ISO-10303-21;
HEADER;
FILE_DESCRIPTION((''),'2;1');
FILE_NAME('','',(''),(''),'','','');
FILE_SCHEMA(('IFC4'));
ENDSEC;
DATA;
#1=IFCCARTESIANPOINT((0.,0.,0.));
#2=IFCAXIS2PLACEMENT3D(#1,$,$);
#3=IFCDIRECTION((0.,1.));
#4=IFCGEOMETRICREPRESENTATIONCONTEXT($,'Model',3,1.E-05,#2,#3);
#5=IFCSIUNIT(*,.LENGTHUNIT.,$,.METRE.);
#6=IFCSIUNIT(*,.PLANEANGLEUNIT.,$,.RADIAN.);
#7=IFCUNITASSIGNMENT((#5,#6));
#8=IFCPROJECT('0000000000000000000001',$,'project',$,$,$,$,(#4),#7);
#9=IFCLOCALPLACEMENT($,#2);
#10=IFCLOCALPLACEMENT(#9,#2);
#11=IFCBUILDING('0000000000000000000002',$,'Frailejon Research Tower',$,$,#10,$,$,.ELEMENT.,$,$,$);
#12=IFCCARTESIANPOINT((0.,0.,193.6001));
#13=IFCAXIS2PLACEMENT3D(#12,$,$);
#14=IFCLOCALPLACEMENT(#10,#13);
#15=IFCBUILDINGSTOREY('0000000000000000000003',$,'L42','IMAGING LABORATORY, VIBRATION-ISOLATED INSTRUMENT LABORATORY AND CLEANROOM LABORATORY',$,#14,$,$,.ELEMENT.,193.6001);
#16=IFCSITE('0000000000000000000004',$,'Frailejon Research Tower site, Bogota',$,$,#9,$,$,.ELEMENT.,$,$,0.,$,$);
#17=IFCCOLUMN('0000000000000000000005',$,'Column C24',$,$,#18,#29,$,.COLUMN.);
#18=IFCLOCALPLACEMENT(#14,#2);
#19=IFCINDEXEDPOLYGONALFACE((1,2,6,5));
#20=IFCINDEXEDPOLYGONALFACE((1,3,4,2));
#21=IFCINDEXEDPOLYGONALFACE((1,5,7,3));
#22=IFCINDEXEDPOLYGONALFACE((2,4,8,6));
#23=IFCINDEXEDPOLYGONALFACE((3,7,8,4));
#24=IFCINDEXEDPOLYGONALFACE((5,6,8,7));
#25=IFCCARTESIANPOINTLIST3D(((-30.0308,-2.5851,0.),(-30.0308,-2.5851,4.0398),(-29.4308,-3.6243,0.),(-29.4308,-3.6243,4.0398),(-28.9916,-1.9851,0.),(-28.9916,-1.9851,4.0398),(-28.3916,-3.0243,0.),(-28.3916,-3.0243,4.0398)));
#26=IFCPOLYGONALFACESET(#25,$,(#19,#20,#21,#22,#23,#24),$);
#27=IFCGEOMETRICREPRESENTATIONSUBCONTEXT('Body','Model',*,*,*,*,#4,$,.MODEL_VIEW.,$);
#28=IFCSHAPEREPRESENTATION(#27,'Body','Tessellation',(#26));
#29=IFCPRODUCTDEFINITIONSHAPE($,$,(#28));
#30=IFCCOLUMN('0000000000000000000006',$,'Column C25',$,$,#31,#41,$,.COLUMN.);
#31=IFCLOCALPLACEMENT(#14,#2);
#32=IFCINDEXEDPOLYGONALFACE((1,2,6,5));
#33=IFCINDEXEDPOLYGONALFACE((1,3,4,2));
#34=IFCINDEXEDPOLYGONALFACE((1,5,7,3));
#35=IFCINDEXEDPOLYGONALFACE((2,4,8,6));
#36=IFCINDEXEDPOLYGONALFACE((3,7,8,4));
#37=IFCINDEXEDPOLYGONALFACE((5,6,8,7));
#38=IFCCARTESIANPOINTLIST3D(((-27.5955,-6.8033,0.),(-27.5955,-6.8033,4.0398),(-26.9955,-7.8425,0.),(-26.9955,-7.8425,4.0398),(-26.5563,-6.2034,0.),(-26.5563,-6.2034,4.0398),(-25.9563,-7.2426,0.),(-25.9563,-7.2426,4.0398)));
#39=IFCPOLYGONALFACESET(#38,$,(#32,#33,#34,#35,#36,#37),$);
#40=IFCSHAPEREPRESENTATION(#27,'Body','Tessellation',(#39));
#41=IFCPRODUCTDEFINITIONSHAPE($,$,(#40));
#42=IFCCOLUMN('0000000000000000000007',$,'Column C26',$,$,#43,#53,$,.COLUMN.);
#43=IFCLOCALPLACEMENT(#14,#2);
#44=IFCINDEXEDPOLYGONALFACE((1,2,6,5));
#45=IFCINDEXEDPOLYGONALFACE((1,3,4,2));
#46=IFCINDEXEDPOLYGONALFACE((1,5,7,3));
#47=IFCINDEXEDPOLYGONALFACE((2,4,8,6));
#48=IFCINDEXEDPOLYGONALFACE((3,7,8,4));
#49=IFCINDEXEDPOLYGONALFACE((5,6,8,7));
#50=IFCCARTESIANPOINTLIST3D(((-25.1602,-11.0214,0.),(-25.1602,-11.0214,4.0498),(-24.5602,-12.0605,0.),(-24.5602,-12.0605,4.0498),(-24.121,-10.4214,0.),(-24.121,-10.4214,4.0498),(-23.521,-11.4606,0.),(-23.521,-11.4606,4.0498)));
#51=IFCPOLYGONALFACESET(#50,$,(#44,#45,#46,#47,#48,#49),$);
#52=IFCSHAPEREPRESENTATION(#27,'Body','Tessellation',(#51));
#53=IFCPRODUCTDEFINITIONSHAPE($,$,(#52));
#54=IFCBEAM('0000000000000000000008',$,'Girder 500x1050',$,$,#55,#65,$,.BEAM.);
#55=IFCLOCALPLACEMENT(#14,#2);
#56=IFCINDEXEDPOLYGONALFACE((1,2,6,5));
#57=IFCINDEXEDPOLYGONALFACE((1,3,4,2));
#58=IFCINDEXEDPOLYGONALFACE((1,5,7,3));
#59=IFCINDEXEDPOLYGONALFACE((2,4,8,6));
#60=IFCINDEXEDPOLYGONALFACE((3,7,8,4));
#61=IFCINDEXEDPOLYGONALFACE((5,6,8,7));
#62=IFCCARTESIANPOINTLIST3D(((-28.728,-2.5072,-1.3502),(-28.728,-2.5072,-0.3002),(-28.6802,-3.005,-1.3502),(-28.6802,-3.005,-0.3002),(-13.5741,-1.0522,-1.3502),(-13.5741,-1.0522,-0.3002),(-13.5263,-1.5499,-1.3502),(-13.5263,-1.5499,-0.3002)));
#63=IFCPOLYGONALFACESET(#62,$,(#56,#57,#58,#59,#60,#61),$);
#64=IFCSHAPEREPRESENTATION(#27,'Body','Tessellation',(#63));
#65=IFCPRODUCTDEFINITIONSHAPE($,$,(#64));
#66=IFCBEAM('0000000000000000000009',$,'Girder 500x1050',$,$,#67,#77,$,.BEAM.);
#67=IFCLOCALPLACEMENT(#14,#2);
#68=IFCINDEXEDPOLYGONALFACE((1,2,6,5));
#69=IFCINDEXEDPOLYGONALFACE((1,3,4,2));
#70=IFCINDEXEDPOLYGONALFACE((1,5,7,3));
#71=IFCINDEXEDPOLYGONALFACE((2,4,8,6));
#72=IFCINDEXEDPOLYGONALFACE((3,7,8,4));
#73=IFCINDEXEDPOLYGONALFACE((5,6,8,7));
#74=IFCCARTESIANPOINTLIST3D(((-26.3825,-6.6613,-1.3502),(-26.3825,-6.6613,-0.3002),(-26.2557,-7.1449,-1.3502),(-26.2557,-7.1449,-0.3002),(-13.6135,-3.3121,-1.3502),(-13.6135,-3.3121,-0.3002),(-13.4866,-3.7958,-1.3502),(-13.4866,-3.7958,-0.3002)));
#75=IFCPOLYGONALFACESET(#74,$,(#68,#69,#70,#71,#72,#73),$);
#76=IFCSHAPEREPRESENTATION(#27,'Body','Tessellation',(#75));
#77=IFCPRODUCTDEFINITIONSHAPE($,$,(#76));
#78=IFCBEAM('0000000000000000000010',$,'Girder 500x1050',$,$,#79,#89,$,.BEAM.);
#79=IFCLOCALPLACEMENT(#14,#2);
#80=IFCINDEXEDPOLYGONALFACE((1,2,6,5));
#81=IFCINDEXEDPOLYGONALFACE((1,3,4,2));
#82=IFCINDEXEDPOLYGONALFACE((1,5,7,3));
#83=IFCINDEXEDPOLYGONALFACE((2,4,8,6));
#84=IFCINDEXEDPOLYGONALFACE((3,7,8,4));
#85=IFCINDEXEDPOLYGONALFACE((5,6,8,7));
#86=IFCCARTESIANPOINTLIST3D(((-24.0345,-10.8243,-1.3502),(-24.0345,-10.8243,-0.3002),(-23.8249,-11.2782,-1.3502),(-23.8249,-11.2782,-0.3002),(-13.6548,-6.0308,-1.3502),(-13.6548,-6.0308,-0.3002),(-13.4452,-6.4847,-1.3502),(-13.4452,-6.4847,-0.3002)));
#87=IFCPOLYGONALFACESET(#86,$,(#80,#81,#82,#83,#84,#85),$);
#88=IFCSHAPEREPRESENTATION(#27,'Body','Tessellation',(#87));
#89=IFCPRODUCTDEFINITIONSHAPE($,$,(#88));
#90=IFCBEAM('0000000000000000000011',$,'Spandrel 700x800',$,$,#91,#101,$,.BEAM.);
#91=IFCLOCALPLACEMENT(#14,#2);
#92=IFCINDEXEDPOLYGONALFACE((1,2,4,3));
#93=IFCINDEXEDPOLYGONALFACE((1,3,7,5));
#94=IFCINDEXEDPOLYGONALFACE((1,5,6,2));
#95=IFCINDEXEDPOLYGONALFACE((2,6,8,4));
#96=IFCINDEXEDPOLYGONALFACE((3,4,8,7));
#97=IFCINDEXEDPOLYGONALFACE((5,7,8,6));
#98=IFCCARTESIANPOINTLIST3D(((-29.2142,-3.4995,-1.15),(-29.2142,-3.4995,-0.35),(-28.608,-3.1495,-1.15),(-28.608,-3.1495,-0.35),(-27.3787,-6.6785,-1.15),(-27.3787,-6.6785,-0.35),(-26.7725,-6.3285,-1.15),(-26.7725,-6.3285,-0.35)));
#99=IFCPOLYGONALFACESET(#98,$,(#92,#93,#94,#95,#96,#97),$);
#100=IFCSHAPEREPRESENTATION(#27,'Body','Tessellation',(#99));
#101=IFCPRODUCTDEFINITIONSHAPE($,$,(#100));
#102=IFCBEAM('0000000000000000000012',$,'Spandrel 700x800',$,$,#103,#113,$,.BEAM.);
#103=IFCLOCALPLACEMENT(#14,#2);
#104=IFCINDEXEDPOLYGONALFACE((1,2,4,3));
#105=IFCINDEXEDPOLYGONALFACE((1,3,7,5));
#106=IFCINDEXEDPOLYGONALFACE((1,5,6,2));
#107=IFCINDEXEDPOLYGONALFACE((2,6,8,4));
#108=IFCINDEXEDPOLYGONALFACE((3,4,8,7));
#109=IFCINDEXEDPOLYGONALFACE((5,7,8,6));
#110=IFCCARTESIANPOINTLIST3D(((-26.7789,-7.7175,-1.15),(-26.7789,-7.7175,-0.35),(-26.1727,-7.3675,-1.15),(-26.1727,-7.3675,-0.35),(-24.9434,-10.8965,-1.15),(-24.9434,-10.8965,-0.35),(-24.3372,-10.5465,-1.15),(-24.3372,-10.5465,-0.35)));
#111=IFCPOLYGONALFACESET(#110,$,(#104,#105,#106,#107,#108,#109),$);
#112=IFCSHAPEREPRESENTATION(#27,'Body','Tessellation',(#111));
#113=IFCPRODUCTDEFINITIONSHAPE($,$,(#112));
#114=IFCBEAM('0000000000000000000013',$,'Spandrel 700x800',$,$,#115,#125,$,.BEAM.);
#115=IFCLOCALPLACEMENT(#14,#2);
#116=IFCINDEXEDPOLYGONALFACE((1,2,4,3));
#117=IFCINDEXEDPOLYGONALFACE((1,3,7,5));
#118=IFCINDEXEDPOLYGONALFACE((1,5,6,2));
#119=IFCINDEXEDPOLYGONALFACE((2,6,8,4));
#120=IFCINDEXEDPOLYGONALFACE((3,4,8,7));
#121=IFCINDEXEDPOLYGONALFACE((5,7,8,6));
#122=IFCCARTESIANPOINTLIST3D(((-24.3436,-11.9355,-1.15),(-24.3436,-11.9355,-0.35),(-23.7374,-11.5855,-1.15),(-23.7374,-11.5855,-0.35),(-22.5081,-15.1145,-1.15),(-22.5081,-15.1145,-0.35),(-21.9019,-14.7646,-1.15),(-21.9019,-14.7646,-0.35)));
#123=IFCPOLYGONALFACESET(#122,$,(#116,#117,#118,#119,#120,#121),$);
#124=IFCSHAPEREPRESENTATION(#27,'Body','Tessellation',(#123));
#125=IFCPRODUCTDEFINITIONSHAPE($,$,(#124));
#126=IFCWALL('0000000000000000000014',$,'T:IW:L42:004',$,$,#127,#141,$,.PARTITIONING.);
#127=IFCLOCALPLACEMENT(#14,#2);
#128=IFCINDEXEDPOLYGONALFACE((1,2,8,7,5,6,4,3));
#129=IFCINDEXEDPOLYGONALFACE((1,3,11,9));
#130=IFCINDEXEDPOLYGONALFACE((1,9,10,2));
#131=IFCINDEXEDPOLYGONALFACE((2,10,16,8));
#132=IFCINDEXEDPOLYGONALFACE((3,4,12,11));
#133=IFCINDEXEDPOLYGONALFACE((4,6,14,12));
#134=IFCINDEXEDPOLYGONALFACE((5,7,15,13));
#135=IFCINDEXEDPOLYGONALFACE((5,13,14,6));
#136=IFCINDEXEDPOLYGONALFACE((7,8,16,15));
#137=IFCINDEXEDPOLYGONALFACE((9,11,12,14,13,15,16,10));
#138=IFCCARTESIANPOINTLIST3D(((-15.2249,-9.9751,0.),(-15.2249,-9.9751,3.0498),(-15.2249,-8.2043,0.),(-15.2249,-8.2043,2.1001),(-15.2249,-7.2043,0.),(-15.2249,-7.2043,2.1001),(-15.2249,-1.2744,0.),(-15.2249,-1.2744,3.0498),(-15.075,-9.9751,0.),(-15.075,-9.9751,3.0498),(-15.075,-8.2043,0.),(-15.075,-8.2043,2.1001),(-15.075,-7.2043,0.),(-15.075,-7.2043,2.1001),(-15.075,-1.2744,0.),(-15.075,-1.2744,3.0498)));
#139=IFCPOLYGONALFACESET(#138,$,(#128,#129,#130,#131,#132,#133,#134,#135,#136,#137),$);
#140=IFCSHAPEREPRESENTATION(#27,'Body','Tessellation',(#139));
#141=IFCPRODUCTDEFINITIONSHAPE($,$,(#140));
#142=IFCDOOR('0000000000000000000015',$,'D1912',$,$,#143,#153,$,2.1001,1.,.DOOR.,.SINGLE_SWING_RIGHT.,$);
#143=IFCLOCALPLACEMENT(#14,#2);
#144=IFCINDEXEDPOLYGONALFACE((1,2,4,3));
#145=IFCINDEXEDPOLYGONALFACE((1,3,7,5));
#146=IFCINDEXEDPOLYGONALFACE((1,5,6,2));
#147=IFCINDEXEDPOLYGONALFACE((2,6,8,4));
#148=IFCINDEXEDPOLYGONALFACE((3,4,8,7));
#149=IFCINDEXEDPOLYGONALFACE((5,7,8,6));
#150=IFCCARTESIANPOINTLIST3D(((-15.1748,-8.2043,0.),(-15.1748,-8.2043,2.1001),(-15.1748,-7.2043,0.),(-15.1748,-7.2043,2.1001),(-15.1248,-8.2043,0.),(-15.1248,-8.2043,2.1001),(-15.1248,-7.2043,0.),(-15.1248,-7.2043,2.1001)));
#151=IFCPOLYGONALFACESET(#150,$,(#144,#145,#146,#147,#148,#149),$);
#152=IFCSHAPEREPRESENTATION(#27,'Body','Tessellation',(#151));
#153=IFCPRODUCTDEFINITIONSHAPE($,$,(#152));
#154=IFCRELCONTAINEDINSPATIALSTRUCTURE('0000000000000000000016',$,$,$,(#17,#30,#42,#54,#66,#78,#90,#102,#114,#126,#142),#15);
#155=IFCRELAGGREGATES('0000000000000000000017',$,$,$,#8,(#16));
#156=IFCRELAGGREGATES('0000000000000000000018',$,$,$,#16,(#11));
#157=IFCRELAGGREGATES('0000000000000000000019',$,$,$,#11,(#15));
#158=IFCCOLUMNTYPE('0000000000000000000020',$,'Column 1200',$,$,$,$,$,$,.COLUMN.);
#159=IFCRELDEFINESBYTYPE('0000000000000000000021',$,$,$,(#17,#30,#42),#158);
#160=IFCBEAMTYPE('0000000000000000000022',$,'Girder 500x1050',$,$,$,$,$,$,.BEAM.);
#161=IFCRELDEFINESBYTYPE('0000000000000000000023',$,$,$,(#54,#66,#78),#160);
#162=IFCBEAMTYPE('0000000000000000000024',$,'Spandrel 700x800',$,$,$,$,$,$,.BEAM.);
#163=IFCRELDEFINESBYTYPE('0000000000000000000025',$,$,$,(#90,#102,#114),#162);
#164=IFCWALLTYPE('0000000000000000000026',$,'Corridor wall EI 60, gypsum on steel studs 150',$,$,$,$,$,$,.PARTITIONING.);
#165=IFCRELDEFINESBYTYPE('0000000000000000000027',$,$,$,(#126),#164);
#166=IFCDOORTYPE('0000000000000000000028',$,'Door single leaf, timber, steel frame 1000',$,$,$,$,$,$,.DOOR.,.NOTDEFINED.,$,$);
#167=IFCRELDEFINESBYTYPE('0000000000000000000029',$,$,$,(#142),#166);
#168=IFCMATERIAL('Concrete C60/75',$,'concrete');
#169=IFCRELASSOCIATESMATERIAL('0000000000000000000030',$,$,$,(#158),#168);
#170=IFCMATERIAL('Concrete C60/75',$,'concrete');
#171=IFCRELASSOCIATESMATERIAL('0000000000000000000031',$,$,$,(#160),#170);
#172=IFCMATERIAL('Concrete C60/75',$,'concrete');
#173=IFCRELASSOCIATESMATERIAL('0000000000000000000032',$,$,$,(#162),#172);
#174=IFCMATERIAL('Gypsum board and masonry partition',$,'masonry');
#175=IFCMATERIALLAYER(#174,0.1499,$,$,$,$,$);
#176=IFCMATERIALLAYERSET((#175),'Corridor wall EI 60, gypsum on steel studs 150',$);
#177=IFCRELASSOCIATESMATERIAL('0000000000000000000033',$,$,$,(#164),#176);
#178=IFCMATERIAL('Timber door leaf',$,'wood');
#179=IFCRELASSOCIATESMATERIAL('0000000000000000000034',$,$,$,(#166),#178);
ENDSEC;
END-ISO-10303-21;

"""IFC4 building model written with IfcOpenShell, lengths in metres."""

from ifc_helpers import new_model, si_unit, direction, frame, frame_2d, origin, origin_2d, place, context, subcontext, project, spatial, rectangle, extrude, material, layer, layer_set, material_profile, profile_set, type_object, element, fill, save


model = new_model("IFC4")

# Units and contexts
model_context = context("Model", 3, precision=1e-05, world=origin(), true_north=direction((0.0, 1.0)))
body_context = subcontext(model_context, "Body", "Model", "MODEL_VIEW")
ifc_project = project(units=[si_unit("LENGTHUNIT", "METRE"), si_unit("PLANEANGLEUNIT", "RADIAN")], contexts=[model_context])

# Site, building, storey
site_placement = place(None, origin())
site = spatial("IfcSite", under=ifc_project, at=site_placement, Name="Frailejon Research Tower site, Bogota", CompositionType="ELEMENT", RefElevation=0.0)
building_placement = place(site_placement, origin())
building = spatial("IfcBuilding", under=site, at=building_placement, Name="Frailejon Research Tower", CompositionType="ELEMENT")
storey_placement = place(building_placement, frame((0.0, 0.0, 193.6001)))
storey = spatial("IfcBuildingStorey", under=building, at=storey_placement, Name="L42", Description="IMAGING LABORATORY, VIBRATION-ISOLATED INSTRUMENT LABORATORY AND CLEANROOM LABORATORY", CompositionType="ELEMENT", Elevation=193.6001)

# Columns
ifc_material_1 = material(Name="Concrete C60/75", Category="concrete")
ifc_material_profile_1 = material_profile(ifc_material_1, rectangle(XDim=1.2, YDim=1.2, at=origin_2d()), Name="Column 1200")
ifc_profile_set_1 = profile_set([ifc_material_profile_1], Name="Concrete C60/75")
column_type = type_object("IfcColumnType", Name="Column 1200", PredefinedType="COLUMN", material=ifc_profile_set_1)
for number, where, z_axis, x_axis, name in (
    (1, (-29.2112, -2.8047, 0.0), (0.0, 0.0, 1.0), (0.5, -0.866025, 0.0), "Column C24"),
    (2, (-26.7759, -7.0229, 0.0), (0.0, 0.0, 1.0), (0.5, -0.866025, 0.0), "Column C25"),
):
    element("IfcColumn", number, at=place(storey_placement, frame(where, z_axis=z_axis, x_axis=x_axis)), inside=storey, type_object=column_type, Name=name, PredefinedType="COLUMN", context=body_context, shape_type="SweptSolid", body=[
        extrude(rectangle(XDim=1.2, YDim=1.2, at=origin_2d()), origin(), (0.0, 0.0, 1.0), 4.0398),
    ])
column_placement = place(storey_placement, frame((-24.3406, -11.241, 0.0), z_axis=(0.0, 0.0, 1.0), x_axis=(0.5, -0.866025, 0.0)))
element("IfcColumn", 3, at=column_placement, inside=storey, type_object=column_type, Name="Column C26", PredefinedType="COLUMN", context=body_context, shape_type="SweptSolid", body=[
    extrude(rectangle(XDim=1.2, YDim=1.2, at=origin_2d()), origin(), (0.0, 0.0, 1.0), 4.0498),
])

# Beams
ifc_material_2 = material(Name="Concrete C60/75", Category="concrete")
ifc_material_profile_2 = material_profile(ifc_material_2, rectangle(XDim=0.5, YDim=1.05, at=origin_2d()), Name="Girder 500x1050")
ifc_profile_set_2 = profile_set([ifc_material_profile_2], Name="Concrete C60/75")
beam_type_1 = type_object("IfcBeamType", Name="Girder 500x1050", PredefinedType="BEAM", material=ifc_profile_set_2)
beam_1_placement = place(storey_placement, frame((-28.7041, -2.7561, -0.8252), z_axis=(0.995422, 0.095579, 0.0), x_axis=(-0.095579, 0.995422, 0.0)))
element("IfcBeam", 4, at=beam_1_placement, inside=storey, type_object=beam_type_1, Name="Girder 500x1050", PredefinedType="BEAM", context=body_context, shape_type="SweptSolid", body=[
    extrude(rectangle(XDim=0.5, YDim=1.05, at=origin_2d()), origin(), (0.0, 0.0, 1.0), 15.2236),
])
beam_2_placement = place(storey_placement, frame((-26.3191, -6.9031, -0.8252), z_axis=(0.967282, 0.253703, 0.0), x_axis=(-0.253703, 0.967282, 0.0)))
element("IfcBeam", 5, at=beam_2_placement, inside=storey, type_object=beam_type_1, Name="Girder 500x1050", PredefinedType="BEAM", context=body_context, shape_type="SweptSolid", body=[
    extrude(rectangle(XDim=0.5, YDim=1.05, at=origin_2d()), origin(), (0.0, 0.0, 1.0), 13.2009),
])
beam_3_placement = place(storey_placement, frame((-23.9297, -11.0513, -0.8252), z_axis=(0.907864, 0.419264, 0.0), x_axis=(-0.419264, 0.907864, 0.0)))
element("IfcBeam", 6, at=beam_3_placement, inside=storey, type_object=beam_type_1, Name="Girder 500x1050", PredefinedType="BEAM", context=body_context, shape_type="SweptSolid", body=[
    extrude(rectangle(XDim=0.5, YDim=1.05, at=origin_2d()), origin(), (0.0, 0.0, 1.0), 11.4331),
])
ifc_material_3 = material(Name="Concrete C60/75", Category="concrete")
ifc_material_profile_3 = material_profile(ifc_material_3, rectangle(XDim=0.7, YDim=0.8, at=origin_2d()), Name="Spandrel 700x800")
ifc_profile_set_3 = profile_set([ifc_material_profile_3], Name="Concrete C60/75")
beam_type_2 = type_object("IfcBeamType", Name="Spandrel 700x800", PredefinedType="BEAM", material=ifc_profile_set_3)
for number, where, z_axis, x_axis, name in (
    (7, (-28.9111, -3.3245, -0.75), (0.500016, -0.866016, 0.0), (0.866016, 0.500016, 0.0), "Spandrel 700x800"),
    (8, (-26.4758, -7.5425, -0.75), (0.500016, -0.866016, 0.0), (0.866016, 0.500016, 0.0), "Spandrel 700x800"),
    (9, (-24.0405, -11.7605, -0.75), (0.500016, -0.866016, 0.0), (0.866016, 0.500016, 0.0), "Spandrel 700x800"),
):
    element("IfcBeam", number, at=place(storey_placement, frame(where, z_axis=z_axis, x_axis=x_axis)), inside=storey, type_object=beam_type_2, Name=name, PredefinedType="BEAM", context=body_context, shape_type="SweptSolid", body=[
        extrude(rectangle(XDim=0.7, YDim=0.8, at=origin_2d()), origin(), (0.0, 0.0, 1.0), 3.6709),
    ])

# Wall, opening, door
ifc_material_4 = material(Name="Gypsum board and masonry partition", Category="masonry")
ifc_layer_1 = layer(ifc_material_4, 0.1499)
ifc_layer_set_1 = layer_set([ifc_layer_1], Name="Corridor wall EI 60, gypsum on steel studs 150")
wall_type_1 = type_object("IfcWallType", Name="Corridor wall EI 60, gypsum on steel studs 150", PredefinedType="PARTITIONING", material=ifc_layer_set_1)
wall_1_placement = place(storey_placement, frame((-15.1499, -9.9751, 0.0), z_axis=(0.0, 0.0, 1.0), x_axis=(0.0, 1.0, 0.0)))
wall_1 = element("IfcWall", 10, at=wall_1_placement, inside=storey, type_object=wall_type_1, Name="T:IW:L42:004", PredefinedType="PARTITIONING", context=body_context, shape_type="SweptSolid", body=[
    extrude(rectangle(XDim=8.7007, YDim=0.1499, at=frame_2d((4.3503, 0.0))), origin(), (0.0, 0.0, 1.0), 3.0498),
])
opening_1_placement = place(wall_1_placement, frame((1.7708, 0.0, 0.0)))
opening_1 = element("IfcOpeningElement", 11, at=opening_1_placement, cuts=wall_1, PredefinedType="OPENING", context=body_context, shape_type="SweptSolid", body=[
    extrude(rectangle(XDim=1.0, YDim=2.1001, at=frame_2d((0.5, 1.05))), frame((0.0, 0.085, 0.0), z_axis=(0.0, -1.0, 0.0), x_axis=(1.0, 0.0, 0.0)), (0.0, 0.0, 1.0), 0.1699),
])
ifc_material_5 = material(Name="Timber door leaf", Category="wood")
door_type_1 = type_object("IfcDoorType", Name="Door single leaf, timber, steel frame 1000", OperationType="NOTDEFINED", PredefinedType="DOOR", material=ifc_material_5)
door_1_placement = place(opening_1_placement, origin())
door_1 = element("IfcDoor", 12, at=door_1_placement, inside=storey, type_object=door_type_1, Name="D1912", OperationType="SINGLE_SWING_RIGHT", OverallHeight=2.1001, OverallWidth=1.0, PredefinedType="DOOR", context=body_context, shape_type="SweptSolid", body=[
    extrude(rectangle(XDim=1.0, YDim=2.1001, at=frame_2d((0.5, 1.05))), frame((0.0, 0.0249, 0.0), z_axis=(0.0, -1.0, 0.0), x_axis=(1.0, 0.0, 0.0)), (0.0, 0.0, 1.0), 0.05),
])
fill(opening_1, door_1)

save(model, "model.ifc")
